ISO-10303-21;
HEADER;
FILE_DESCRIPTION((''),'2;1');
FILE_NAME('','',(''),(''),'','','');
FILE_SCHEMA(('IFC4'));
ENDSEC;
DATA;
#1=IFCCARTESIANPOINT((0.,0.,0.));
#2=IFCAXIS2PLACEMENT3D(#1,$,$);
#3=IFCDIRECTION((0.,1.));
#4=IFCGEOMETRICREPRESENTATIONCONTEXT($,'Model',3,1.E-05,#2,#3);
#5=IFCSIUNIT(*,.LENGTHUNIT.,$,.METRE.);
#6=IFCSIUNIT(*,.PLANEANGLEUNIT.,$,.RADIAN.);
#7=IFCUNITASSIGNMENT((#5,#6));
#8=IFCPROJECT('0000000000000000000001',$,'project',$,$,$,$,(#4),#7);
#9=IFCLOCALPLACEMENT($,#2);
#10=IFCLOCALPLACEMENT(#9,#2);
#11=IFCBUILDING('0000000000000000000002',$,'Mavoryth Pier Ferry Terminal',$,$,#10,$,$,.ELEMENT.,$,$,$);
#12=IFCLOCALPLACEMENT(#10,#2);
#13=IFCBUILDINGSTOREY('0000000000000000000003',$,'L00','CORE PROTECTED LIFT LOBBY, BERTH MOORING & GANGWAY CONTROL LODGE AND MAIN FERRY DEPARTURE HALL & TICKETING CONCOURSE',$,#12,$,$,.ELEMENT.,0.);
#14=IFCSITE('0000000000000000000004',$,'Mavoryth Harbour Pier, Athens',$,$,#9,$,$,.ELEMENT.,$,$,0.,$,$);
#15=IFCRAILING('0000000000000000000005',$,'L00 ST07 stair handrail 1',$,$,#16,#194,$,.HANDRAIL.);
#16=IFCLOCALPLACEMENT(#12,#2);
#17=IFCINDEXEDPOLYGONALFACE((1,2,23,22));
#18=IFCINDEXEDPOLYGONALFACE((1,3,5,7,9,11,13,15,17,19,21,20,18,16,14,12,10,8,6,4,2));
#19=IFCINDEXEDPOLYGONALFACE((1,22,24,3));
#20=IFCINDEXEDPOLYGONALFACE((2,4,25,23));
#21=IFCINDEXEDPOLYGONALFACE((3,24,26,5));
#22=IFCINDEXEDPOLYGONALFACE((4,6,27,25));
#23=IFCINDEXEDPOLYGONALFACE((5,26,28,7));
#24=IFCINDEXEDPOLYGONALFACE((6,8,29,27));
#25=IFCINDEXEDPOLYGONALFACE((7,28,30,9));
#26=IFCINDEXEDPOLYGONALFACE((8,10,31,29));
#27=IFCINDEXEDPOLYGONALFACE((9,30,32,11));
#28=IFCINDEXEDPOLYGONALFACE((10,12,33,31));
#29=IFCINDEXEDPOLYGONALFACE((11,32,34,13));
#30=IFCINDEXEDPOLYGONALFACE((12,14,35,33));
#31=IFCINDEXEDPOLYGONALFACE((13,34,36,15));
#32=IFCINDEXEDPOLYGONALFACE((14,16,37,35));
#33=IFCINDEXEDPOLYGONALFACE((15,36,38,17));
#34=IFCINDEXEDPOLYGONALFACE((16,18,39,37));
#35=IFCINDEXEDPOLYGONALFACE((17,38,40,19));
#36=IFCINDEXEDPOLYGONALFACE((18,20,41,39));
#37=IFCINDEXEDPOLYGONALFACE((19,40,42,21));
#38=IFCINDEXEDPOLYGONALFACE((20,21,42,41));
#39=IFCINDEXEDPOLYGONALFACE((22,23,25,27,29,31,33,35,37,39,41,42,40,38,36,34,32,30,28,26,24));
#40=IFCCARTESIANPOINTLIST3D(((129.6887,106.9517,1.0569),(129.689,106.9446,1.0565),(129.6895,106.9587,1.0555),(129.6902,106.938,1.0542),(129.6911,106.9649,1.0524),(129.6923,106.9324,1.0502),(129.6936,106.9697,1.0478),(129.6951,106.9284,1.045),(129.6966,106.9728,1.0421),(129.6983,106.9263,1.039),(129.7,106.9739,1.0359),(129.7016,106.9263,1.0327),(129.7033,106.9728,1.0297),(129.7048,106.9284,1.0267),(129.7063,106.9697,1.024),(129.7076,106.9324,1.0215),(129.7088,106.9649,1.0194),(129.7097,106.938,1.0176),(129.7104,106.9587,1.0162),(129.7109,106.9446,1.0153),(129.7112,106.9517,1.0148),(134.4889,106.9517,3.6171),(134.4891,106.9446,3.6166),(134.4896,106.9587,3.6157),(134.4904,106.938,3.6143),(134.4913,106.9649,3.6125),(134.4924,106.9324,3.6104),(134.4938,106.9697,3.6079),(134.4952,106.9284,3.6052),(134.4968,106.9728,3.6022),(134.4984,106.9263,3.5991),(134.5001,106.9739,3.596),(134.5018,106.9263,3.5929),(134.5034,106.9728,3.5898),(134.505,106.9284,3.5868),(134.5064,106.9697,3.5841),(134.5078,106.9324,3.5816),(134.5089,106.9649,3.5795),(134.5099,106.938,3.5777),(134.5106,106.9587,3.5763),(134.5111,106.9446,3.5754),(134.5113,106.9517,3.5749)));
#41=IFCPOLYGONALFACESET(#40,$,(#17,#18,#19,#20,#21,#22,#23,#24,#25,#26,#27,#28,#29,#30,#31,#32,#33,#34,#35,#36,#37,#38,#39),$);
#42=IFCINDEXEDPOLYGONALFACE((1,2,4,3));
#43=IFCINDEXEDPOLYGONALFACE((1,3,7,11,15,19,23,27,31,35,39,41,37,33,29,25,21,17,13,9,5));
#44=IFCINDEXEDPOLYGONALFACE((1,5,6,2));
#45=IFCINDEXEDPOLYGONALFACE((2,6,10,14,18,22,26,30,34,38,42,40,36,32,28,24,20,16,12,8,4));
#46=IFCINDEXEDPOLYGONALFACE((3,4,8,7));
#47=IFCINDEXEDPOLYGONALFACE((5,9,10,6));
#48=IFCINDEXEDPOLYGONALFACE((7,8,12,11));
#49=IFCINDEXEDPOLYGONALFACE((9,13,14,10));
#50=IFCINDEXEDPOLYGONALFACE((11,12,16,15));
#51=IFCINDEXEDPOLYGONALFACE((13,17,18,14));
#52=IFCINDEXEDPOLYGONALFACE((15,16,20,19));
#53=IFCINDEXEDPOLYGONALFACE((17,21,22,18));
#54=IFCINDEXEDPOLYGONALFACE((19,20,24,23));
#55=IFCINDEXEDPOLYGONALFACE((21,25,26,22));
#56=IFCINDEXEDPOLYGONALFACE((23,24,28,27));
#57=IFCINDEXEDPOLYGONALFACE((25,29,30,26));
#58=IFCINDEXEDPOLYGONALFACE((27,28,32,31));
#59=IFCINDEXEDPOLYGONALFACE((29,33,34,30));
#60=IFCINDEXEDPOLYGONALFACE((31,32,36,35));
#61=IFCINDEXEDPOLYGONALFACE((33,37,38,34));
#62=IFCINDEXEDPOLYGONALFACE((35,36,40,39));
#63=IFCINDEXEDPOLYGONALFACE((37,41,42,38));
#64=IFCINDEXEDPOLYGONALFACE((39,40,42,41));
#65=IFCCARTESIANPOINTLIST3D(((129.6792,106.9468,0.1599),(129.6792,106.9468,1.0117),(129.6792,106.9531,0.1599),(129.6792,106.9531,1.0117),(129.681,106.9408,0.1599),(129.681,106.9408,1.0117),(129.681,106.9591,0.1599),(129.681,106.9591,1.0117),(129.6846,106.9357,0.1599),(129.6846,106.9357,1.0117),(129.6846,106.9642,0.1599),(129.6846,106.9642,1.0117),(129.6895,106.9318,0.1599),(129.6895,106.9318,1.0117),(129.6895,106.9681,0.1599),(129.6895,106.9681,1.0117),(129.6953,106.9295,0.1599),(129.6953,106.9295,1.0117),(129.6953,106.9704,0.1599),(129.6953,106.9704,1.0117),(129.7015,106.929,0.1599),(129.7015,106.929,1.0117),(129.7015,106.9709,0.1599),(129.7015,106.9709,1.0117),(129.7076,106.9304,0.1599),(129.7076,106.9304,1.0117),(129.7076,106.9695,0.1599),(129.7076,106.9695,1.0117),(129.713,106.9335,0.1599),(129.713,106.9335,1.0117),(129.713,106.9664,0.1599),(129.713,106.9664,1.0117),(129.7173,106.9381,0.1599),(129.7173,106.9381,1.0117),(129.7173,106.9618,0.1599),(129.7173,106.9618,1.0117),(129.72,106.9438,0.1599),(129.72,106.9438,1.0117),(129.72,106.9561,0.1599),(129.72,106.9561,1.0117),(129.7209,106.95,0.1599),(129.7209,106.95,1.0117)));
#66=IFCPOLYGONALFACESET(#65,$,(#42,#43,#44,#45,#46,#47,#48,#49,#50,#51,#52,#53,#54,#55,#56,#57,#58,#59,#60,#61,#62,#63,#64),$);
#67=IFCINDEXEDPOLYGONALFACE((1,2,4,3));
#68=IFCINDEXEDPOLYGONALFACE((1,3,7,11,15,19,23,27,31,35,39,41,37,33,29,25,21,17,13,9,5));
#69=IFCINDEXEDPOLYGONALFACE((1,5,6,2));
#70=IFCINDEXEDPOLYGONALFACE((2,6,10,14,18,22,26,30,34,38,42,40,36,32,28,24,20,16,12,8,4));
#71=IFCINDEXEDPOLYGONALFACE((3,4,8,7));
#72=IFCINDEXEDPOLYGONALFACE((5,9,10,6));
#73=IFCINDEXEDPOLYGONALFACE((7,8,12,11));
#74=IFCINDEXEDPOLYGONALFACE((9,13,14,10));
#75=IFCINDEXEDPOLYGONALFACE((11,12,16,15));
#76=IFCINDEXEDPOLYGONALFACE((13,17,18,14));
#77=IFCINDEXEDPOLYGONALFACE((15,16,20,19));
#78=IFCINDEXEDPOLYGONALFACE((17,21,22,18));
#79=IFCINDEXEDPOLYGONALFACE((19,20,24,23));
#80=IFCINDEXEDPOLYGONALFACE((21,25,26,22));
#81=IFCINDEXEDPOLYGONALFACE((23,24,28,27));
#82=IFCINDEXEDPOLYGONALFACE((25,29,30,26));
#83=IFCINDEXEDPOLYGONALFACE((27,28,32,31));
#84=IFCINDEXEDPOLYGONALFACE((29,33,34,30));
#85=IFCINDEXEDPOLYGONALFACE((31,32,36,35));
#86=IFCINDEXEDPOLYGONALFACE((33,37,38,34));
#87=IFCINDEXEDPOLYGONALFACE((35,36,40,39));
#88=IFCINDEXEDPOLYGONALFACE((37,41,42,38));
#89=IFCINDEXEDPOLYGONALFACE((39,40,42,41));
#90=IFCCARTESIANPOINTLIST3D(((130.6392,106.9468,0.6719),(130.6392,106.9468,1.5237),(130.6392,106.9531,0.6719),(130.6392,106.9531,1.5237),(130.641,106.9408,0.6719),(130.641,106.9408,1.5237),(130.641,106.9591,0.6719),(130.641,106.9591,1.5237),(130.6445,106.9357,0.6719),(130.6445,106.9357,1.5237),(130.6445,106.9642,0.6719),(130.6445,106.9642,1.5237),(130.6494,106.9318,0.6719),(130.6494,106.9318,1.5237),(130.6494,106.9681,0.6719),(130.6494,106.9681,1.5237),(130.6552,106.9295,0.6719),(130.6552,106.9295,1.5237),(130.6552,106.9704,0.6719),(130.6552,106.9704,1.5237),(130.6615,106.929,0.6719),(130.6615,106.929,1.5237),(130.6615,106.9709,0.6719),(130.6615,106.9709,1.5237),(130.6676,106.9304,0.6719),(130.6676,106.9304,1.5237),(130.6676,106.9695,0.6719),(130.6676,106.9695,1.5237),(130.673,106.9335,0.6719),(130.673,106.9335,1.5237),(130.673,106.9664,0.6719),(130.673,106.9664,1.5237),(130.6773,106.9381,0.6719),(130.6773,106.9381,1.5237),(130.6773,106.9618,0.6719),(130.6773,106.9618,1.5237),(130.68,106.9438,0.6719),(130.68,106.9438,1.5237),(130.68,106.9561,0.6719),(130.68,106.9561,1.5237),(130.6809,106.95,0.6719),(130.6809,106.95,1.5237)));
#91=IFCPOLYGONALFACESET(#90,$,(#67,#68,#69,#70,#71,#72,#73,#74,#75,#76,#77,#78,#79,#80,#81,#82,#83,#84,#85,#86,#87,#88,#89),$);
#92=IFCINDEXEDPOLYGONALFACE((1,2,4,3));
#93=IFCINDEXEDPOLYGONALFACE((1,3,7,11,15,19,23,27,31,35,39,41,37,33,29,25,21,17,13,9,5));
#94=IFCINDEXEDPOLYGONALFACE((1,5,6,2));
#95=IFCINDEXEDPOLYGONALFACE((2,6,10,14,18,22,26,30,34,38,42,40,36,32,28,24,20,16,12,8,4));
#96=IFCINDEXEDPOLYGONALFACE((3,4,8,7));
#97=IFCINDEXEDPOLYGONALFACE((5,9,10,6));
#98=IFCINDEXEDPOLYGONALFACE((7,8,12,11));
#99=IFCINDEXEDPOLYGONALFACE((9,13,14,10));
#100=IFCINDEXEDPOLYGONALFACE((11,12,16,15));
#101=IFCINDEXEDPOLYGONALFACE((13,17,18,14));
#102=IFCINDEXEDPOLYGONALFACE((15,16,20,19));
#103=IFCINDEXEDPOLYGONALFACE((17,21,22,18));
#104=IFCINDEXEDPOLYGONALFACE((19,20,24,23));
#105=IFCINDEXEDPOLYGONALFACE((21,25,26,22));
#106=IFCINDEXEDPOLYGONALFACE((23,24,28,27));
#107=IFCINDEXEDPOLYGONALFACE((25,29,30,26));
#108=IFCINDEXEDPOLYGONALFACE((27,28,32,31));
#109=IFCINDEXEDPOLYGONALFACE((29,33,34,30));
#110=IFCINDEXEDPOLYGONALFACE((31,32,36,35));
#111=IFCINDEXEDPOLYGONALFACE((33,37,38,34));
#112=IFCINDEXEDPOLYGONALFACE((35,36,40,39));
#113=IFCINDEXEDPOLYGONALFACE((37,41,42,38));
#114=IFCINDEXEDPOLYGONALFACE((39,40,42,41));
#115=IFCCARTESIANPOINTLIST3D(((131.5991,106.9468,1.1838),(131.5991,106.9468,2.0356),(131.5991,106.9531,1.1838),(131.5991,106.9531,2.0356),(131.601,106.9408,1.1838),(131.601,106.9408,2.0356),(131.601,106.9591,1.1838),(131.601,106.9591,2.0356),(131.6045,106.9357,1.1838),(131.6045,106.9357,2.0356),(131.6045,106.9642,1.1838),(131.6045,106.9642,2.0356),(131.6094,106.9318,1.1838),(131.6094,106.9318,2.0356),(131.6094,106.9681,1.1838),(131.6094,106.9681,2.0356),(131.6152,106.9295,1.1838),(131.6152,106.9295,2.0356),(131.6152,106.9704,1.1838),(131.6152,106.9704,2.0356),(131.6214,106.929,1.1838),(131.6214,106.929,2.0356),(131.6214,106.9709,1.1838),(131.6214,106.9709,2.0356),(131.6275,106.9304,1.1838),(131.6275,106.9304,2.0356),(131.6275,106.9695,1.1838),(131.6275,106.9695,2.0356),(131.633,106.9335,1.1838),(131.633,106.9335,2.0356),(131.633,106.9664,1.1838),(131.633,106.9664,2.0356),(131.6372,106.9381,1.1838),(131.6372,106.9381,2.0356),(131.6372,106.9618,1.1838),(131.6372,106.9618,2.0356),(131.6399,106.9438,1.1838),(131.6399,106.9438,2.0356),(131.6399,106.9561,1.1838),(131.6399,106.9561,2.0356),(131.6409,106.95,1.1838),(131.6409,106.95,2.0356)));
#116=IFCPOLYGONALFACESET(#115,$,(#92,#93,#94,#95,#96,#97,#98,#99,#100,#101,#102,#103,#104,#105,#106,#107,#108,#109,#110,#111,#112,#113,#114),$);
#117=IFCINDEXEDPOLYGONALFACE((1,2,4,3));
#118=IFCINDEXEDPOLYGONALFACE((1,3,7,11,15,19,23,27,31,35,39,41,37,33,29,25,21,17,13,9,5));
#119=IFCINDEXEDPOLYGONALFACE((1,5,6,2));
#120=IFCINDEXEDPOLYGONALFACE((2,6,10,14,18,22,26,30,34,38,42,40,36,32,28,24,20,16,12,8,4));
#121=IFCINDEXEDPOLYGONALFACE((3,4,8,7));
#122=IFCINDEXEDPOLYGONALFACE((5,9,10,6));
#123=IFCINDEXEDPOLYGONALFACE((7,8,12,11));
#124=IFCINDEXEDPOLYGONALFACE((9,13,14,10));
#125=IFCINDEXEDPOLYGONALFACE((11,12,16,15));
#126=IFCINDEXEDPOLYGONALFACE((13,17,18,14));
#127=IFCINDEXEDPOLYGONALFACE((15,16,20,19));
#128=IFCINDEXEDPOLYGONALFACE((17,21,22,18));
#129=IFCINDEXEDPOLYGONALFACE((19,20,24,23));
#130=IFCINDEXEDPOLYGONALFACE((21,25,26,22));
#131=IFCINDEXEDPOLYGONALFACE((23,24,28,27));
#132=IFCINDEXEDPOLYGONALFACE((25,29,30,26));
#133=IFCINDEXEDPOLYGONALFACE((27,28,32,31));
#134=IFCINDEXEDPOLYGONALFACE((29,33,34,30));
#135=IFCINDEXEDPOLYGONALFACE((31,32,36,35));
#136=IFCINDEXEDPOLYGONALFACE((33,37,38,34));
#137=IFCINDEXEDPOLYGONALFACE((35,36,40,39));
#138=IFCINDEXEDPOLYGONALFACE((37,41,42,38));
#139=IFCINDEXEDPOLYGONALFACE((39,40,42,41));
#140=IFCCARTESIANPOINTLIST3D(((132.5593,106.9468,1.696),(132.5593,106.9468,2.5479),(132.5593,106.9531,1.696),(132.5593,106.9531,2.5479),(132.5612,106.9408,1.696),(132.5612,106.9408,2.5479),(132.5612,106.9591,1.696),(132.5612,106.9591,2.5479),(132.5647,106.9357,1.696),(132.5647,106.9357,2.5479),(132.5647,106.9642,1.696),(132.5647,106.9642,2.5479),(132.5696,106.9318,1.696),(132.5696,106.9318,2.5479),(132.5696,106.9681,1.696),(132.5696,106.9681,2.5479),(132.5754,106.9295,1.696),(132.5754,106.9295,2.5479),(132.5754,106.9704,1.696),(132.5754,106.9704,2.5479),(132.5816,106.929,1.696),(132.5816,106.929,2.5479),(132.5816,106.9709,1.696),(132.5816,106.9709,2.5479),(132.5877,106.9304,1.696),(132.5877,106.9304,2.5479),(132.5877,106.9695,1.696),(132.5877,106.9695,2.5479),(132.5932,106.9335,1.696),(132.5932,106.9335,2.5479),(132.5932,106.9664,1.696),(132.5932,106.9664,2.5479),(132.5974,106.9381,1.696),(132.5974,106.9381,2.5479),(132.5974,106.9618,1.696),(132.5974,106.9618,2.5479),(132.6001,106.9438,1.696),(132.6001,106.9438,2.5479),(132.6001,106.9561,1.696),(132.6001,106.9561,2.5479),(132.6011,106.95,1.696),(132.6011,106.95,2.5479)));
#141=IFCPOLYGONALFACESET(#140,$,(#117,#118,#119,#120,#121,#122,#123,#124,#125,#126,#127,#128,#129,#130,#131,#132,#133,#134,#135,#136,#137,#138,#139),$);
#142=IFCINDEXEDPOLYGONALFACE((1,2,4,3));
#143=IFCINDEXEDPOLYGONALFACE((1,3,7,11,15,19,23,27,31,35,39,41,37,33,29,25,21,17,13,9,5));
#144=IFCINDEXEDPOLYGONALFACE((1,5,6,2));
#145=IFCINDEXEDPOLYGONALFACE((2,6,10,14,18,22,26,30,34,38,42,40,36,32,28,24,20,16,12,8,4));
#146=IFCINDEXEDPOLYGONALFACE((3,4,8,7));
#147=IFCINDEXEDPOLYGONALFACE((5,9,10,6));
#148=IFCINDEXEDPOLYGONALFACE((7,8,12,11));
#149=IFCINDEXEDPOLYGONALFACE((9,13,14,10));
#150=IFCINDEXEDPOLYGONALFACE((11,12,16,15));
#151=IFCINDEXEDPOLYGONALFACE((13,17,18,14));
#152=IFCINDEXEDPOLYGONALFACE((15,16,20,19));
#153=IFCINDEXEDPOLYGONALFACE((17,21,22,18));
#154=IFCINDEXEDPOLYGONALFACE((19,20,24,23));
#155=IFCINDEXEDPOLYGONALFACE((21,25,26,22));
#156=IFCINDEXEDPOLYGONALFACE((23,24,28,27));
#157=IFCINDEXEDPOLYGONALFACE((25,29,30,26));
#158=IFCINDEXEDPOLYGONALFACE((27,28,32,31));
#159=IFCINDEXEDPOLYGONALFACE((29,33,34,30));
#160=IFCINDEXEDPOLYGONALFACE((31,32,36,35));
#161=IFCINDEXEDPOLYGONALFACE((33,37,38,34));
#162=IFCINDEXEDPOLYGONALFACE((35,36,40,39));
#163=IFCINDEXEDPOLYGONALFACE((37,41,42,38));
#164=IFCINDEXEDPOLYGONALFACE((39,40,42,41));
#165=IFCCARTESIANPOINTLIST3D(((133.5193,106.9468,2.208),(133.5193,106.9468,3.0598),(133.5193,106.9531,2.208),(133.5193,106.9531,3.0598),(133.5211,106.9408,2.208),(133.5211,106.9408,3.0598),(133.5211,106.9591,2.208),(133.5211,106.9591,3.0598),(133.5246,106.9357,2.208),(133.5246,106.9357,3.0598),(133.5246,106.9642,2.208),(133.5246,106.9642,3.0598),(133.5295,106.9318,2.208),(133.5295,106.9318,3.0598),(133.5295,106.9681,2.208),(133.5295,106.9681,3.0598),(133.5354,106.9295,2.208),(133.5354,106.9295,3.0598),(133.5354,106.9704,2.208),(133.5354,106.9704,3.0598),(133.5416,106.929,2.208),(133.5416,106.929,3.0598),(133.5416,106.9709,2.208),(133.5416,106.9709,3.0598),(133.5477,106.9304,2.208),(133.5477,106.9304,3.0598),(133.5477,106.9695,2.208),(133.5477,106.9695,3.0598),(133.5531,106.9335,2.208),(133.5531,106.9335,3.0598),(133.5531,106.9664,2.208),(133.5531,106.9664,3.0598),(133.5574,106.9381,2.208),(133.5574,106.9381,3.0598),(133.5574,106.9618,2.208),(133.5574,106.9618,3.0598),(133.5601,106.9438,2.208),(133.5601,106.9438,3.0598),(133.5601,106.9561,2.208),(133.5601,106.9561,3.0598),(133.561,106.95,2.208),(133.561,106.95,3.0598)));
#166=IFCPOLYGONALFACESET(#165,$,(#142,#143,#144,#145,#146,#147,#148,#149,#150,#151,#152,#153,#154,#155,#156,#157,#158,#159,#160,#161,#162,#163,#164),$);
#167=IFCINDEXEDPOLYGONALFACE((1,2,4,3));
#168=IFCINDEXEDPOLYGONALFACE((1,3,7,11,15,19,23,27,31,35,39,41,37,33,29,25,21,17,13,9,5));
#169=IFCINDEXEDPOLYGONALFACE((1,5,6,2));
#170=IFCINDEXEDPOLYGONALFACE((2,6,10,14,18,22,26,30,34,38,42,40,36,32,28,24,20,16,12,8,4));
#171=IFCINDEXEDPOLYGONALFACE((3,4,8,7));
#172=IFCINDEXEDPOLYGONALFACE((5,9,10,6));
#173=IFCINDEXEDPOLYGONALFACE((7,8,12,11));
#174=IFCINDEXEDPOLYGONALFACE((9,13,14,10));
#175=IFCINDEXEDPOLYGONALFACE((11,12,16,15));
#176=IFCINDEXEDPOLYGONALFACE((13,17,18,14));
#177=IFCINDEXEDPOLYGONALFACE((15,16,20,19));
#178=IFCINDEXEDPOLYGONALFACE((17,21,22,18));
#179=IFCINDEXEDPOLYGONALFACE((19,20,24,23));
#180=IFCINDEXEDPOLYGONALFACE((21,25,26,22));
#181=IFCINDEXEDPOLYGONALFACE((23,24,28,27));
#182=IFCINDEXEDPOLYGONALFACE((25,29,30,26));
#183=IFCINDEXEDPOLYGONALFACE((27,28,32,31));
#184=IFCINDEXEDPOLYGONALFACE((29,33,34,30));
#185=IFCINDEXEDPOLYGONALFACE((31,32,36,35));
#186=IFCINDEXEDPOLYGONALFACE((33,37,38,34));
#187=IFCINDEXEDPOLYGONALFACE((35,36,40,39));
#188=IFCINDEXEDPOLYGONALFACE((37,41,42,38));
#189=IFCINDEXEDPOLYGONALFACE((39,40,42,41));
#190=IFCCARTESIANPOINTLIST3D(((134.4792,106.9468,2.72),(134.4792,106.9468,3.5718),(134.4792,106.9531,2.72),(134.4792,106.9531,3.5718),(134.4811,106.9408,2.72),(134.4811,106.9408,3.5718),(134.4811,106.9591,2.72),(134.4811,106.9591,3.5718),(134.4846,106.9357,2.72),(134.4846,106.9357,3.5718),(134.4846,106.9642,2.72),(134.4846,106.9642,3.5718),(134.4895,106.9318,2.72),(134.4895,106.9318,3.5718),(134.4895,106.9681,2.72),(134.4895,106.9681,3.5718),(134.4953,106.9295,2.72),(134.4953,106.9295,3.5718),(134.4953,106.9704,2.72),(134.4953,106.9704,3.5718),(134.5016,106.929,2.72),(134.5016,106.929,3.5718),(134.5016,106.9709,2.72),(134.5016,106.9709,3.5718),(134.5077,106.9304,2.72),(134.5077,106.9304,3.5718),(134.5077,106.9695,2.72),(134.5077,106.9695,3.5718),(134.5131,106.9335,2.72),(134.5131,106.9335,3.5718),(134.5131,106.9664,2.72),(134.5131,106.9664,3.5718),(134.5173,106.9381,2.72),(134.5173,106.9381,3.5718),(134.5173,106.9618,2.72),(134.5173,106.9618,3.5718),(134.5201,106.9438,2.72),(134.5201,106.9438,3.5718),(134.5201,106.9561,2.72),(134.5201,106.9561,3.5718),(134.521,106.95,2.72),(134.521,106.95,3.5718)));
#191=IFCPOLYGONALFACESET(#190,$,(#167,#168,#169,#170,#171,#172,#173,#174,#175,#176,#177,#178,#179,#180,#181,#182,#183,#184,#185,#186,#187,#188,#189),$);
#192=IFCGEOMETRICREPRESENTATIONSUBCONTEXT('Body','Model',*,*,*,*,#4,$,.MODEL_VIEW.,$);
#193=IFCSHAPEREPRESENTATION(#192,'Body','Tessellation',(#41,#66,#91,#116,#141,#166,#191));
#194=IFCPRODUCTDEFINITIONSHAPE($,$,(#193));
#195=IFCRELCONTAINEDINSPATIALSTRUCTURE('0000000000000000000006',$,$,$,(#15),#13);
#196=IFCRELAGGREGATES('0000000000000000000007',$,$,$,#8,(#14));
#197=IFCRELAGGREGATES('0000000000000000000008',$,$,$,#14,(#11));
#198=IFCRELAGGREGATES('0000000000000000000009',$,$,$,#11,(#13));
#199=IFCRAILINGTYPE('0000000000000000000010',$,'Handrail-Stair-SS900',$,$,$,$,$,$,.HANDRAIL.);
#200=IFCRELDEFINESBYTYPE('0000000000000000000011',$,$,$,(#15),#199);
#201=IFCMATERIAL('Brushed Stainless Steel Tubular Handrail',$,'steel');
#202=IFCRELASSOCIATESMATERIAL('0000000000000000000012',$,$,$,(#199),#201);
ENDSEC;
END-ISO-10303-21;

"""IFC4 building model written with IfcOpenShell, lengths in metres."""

from ifc_helpers import new_model, si_unit, direction, frame, origin, origin_2d, place, context, subcontext, project, spatial, circle, extrude, material, type_object, element, save


model = new_model("IFC4")

# Units and contexts
model_context = context("Model", 3, precision=1e-05, world=origin(), true_north=direction((0.0, 1.0)))
body_context = subcontext(model_context, "Body", "Model", "MODEL_VIEW")
ifc_project = project(units=[si_unit("LENGTHUNIT", "METRE"), si_unit("PLANEANGLEUNIT", "RADIAN")], contexts=[model_context])

# Site, building, storey
site_placement = place(None, origin())
site = spatial("IfcSite", under=ifc_project, at=site_placement, Name="Mavoryth Harbour Pier, Athens", CompositionType="ELEMENT", RefElevation=0.0)
building_placement = place(site_placement, origin())
building = spatial("IfcBuilding", under=site, at=building_placement, Name="Mavoryth Pier Ferry Terminal", CompositionType="ELEMENT")
storey_placement = place(building_placement, origin())
storey = spatial("IfcBuildingStorey", under=building, at=storey_placement, Name="L00", Description="CORE PROTECTED LIFT LOBBY, BERTH MOORING & GANGWAY CONTROL LODGE AND MAIN FERRY DEPARTURE HALL & TICKETING CONCOURSE", CompositionType="ELEMENT", Elevation=0.0)

# Railing
ifc_material_1 = material(Name="Brushed Stainless Steel Tubular Handrail", Category="steel")
railing_type_1 = type_object("IfcRailingType", Name="Handrail-Stair-SS900", PredefinedType="HANDRAIL", material=ifc_material_1)
railing_1_placement = place(storey_placement, frame((129.7, 106.95, 0.1599)))
element("IfcRailing", 1, at=railing_1_placement, inside=storey, type_object=railing_type_1, Name="L00 ST07 stair handrail 1", PredefinedType="HANDRAIL", context=body_context, shape_type="SweptSolid", body=[
    extrude(circle(Radius=0.0239, at=origin_2d()), frame((0.0, 0.0, 0.876), z_axis=(0.88235, 0.0, 0.470593), x_axis=(0.0, 1.0, 0.0)), (0.0, 0.0, 1.0), 5.4402),
    extrude(circle(Radius=0.021, at=origin_2d()), origin(), (0.0, 0.0, 1.0), 0.8518),
    extrude(circle(Radius=0.021, at=origin_2d()), frame((0.96, 0.0, 0.512)), (0.0, 0.0, 1.0), 0.8518),
    extrude(circle(Radius=0.021, at=origin_2d()), frame((1.9199, 0.0, 1.0239)), (0.0, 0.0, 1.0), 0.8518),
    extrude(circle(Radius=0.021, at=origin_2d()), frame((2.8801, 0.0, 1.5361)), (0.0, 0.0, 1.0), 0.8518),
    extrude(circle(Radius=0.021, at=origin_2d()), frame((3.8401, 0.0, 2.0481)), (0.0, 0.0, 1.0), 0.8518),
    extrude(circle(Radius=0.021, at=origin_2d()), frame((4.8, 0.0, 2.5601)), (0.0, 0.0, 1.0), 0.8518),
])

save(model, "model.ifc")
